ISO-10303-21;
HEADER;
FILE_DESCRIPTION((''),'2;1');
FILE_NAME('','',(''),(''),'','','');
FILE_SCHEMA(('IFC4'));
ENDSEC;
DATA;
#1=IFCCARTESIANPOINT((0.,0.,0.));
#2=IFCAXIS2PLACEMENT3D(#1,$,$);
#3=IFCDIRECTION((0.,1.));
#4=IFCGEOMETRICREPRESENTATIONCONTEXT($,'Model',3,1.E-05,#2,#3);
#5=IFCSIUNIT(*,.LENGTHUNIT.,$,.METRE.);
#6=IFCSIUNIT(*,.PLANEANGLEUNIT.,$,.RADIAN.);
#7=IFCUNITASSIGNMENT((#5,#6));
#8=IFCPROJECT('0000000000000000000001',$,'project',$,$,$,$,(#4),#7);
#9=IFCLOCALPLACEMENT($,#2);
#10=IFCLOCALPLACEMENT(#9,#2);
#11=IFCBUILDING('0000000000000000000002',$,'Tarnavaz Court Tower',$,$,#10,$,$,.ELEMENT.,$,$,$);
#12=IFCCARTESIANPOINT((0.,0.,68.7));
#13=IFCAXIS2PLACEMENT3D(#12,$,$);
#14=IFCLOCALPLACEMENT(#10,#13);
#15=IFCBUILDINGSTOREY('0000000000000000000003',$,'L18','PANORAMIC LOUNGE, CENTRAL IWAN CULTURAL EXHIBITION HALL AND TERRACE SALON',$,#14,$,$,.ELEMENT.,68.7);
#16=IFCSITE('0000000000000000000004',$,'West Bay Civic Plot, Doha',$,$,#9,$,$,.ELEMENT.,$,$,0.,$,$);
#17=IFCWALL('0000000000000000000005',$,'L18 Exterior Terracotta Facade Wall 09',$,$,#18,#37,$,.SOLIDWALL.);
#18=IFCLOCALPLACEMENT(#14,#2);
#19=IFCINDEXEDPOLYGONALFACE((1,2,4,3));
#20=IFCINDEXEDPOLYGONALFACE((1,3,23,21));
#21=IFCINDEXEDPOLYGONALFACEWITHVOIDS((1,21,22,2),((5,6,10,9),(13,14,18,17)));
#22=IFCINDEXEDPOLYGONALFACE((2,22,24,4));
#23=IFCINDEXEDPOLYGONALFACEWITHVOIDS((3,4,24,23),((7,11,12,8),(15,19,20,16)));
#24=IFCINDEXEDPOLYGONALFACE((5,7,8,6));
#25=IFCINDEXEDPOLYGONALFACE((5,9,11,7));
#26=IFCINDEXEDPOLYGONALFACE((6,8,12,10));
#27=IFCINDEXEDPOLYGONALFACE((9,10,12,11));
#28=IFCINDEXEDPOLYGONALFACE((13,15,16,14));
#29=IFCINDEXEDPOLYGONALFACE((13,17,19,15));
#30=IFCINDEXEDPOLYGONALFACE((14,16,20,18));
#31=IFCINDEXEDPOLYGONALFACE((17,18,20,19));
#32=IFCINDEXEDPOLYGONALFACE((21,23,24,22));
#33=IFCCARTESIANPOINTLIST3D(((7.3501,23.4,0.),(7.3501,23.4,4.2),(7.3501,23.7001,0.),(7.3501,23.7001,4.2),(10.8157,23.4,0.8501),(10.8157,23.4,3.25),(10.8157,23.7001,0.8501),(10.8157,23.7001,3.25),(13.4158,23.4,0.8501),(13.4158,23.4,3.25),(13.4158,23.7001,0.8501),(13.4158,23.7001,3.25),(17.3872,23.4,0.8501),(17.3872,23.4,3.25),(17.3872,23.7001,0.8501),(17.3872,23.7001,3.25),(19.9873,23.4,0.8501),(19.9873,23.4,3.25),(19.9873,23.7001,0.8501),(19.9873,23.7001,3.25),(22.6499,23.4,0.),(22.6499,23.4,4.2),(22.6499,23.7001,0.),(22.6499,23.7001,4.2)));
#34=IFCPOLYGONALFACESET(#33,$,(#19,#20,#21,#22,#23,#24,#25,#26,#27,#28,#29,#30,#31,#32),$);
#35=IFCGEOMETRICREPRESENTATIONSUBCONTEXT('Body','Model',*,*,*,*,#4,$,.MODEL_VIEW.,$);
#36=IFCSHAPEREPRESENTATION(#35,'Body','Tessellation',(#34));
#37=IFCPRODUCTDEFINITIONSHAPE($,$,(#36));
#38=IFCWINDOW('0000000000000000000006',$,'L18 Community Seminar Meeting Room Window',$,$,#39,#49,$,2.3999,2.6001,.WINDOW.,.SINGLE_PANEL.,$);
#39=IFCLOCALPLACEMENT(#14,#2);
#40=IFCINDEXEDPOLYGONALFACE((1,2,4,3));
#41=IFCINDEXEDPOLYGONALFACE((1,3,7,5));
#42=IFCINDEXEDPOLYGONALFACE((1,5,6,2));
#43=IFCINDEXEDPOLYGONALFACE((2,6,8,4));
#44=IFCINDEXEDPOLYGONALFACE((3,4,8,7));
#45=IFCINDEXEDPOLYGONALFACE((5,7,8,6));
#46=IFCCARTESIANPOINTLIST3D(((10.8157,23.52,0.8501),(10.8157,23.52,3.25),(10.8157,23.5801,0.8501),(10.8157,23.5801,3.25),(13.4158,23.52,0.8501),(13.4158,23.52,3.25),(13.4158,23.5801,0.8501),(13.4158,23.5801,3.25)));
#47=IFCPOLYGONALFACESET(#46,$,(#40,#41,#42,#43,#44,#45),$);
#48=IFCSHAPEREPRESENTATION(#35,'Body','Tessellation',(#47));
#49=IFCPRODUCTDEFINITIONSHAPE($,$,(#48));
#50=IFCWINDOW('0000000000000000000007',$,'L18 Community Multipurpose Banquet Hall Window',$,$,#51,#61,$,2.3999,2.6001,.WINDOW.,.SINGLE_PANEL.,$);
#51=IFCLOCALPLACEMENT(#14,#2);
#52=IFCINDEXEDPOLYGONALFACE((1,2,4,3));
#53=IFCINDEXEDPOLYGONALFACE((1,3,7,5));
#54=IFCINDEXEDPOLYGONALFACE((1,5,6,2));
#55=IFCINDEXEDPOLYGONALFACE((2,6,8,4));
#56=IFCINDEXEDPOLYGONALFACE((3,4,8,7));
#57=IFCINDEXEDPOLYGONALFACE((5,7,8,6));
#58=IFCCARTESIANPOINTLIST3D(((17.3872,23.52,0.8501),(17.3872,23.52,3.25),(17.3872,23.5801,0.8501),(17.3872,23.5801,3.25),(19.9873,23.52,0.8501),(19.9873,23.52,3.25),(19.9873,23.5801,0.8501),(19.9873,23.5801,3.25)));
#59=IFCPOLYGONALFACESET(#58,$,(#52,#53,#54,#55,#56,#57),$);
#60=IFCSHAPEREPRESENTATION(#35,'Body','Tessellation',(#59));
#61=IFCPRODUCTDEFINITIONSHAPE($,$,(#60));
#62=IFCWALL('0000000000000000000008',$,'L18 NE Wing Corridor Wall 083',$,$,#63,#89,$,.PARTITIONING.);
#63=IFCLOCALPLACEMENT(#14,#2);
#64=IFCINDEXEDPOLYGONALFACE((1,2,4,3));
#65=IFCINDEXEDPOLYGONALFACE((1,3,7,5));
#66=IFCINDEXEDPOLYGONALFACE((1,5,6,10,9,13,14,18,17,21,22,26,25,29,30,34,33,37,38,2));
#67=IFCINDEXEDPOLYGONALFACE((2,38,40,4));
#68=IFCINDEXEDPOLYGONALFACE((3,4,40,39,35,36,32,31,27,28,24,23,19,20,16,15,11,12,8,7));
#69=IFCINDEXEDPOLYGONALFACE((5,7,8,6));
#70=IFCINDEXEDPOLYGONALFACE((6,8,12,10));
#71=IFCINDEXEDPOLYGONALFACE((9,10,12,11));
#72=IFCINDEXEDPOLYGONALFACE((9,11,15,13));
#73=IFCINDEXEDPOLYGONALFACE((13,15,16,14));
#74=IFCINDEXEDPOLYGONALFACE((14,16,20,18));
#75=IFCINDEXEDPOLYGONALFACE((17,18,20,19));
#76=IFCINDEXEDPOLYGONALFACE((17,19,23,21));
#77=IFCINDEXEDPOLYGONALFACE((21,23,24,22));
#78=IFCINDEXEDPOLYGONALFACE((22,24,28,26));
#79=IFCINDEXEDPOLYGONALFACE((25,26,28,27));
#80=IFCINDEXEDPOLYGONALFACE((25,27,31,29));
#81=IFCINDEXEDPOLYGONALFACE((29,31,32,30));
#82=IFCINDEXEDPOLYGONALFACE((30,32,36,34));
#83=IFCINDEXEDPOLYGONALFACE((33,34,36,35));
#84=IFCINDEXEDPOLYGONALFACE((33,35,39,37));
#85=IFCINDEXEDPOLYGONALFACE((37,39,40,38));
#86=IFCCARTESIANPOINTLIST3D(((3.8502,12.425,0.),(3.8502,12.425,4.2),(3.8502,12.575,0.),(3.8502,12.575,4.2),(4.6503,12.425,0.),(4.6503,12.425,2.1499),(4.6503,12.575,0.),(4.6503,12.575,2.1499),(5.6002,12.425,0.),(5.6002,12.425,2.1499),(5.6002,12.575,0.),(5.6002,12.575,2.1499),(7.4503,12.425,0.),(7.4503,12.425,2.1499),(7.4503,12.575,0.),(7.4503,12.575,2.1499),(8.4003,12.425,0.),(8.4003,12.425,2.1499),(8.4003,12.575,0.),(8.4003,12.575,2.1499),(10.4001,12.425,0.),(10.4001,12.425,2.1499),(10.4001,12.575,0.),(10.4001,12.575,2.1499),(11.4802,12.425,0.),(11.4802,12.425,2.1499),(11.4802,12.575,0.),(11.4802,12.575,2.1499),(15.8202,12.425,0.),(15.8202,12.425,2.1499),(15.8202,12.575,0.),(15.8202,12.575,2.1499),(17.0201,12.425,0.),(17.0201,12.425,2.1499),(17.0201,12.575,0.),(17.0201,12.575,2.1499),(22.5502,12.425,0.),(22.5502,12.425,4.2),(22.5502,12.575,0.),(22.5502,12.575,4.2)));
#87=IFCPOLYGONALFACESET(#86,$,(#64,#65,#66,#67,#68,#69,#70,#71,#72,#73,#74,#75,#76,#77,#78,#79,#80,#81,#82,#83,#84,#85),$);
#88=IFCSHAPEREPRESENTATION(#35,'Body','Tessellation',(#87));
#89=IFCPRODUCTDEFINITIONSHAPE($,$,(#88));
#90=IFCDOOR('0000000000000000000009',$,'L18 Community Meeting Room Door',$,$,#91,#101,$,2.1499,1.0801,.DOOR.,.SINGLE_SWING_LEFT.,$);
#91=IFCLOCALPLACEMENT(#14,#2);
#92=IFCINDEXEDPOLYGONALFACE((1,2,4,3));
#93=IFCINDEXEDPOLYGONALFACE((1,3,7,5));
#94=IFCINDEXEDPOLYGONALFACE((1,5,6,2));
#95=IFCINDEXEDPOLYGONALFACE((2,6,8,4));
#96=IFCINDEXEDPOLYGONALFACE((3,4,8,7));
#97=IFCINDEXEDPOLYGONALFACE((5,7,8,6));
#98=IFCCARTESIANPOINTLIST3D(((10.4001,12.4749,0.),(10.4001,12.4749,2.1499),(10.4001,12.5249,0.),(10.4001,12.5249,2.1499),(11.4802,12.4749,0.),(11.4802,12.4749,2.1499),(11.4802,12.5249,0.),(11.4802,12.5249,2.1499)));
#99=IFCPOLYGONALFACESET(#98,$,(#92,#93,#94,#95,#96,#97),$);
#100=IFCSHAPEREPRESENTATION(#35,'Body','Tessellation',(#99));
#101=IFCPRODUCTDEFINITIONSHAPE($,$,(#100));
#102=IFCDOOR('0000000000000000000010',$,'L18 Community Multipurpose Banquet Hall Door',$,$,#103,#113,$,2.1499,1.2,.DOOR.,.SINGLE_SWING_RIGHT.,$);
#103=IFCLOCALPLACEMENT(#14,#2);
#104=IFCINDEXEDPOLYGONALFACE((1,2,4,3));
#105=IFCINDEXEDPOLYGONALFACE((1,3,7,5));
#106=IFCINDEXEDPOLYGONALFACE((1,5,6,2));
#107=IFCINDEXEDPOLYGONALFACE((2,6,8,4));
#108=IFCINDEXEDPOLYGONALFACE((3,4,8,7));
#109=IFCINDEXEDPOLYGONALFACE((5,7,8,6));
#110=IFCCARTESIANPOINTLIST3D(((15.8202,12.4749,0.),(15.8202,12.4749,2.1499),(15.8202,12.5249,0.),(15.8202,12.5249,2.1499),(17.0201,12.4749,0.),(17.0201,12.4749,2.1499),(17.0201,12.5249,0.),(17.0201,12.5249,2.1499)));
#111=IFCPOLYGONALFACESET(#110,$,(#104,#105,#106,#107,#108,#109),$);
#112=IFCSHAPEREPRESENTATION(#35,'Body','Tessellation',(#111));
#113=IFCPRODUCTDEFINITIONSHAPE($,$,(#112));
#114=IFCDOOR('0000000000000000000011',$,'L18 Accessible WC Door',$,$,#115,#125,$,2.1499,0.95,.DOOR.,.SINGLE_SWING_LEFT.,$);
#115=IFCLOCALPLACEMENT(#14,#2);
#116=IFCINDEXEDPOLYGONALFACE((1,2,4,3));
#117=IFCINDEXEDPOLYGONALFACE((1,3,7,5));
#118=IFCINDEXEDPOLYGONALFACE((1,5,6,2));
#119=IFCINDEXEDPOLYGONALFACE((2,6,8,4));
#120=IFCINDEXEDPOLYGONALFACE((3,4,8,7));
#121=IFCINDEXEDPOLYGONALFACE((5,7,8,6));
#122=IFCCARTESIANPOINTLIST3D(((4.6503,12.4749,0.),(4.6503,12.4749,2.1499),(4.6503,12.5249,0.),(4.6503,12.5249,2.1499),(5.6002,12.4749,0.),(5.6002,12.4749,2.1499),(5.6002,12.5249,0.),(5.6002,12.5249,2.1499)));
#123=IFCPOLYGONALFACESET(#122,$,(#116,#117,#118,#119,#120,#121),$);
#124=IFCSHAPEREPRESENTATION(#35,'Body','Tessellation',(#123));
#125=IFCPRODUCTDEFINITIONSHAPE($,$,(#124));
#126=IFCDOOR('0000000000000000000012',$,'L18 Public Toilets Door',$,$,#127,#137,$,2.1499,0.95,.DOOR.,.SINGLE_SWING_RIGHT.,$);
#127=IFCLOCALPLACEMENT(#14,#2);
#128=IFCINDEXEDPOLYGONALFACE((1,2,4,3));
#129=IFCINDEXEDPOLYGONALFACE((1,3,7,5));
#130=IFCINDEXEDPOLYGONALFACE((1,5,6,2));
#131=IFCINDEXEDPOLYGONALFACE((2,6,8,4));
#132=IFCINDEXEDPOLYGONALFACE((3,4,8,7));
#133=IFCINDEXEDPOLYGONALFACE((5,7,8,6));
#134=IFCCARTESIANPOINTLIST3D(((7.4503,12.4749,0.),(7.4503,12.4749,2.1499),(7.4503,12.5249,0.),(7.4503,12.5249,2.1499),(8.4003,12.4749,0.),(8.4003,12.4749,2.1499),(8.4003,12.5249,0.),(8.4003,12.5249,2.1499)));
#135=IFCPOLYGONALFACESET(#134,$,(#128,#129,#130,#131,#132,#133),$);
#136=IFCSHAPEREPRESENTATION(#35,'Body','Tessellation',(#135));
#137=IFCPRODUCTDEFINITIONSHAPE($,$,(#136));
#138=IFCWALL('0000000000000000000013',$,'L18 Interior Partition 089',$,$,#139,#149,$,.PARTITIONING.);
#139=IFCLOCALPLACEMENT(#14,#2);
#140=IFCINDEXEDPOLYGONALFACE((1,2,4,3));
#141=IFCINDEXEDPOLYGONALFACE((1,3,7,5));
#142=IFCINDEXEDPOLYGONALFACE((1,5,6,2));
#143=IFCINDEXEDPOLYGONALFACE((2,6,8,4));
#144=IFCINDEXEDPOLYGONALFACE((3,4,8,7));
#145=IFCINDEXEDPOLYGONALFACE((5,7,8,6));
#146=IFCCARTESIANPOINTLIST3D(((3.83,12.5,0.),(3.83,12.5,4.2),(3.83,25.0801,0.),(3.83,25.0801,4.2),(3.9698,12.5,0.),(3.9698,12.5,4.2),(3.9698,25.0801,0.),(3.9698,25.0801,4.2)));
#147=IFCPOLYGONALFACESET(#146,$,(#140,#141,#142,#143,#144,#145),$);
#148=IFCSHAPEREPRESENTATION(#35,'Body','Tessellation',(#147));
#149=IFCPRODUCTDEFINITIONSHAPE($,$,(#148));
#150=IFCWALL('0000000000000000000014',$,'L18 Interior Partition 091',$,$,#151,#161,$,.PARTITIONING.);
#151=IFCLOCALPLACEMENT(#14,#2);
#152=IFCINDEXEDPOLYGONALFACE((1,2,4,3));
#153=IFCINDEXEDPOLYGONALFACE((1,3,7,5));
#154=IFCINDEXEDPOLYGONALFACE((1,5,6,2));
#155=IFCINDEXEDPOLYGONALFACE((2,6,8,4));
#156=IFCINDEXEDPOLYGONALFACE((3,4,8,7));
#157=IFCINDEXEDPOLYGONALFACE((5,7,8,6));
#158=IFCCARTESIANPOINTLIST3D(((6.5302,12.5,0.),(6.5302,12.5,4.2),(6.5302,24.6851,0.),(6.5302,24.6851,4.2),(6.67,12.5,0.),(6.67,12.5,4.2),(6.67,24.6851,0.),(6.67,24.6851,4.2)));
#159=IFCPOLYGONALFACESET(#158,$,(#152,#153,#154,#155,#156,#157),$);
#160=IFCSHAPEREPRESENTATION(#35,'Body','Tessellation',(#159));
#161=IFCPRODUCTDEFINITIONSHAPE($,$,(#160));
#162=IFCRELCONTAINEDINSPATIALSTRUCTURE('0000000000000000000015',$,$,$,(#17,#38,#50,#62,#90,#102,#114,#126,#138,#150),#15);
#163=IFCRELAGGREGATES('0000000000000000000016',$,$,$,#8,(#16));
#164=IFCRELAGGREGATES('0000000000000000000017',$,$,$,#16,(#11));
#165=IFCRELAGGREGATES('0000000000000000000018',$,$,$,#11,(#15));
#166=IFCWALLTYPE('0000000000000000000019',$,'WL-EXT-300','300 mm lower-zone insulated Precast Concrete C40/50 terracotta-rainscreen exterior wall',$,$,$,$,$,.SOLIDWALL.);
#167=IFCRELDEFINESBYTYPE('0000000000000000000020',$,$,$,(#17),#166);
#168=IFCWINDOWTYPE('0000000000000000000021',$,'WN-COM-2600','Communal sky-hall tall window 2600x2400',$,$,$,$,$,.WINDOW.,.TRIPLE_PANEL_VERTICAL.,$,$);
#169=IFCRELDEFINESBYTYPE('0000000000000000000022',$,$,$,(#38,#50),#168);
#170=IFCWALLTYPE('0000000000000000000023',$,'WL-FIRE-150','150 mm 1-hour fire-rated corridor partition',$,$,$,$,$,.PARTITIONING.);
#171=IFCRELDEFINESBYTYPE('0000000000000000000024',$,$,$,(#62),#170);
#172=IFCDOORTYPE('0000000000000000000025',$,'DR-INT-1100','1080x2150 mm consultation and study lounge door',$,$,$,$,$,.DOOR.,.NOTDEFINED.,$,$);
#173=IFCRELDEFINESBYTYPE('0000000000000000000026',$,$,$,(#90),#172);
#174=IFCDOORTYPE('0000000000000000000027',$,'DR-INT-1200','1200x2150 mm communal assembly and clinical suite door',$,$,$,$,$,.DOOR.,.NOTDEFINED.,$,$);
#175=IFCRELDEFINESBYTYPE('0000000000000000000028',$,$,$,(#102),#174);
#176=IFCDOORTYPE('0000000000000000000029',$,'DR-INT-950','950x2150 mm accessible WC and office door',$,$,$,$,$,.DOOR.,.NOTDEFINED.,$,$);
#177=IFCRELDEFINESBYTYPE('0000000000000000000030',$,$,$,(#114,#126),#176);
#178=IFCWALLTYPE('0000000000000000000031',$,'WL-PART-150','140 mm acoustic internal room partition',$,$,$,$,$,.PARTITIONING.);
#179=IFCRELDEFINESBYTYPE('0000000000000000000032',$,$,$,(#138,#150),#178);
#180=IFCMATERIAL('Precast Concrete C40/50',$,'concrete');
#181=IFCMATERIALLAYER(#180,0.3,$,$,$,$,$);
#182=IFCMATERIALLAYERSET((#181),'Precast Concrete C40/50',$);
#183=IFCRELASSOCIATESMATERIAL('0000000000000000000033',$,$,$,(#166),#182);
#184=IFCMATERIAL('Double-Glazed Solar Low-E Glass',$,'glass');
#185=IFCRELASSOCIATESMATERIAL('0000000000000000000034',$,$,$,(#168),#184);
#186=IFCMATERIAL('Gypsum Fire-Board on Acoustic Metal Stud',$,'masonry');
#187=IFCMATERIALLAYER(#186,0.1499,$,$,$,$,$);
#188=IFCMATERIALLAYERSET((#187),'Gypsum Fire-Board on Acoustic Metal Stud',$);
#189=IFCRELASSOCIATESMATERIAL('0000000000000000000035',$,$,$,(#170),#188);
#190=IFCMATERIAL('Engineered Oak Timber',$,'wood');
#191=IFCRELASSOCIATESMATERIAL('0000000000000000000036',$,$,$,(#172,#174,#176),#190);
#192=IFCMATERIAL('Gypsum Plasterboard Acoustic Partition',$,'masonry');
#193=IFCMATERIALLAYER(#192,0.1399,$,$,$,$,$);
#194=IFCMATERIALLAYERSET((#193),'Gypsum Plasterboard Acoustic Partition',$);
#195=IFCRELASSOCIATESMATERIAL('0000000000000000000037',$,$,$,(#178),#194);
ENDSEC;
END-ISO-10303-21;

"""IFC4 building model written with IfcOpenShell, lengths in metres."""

from ifc_helpers import new_model, si_unit, direction, frame, frame_2d, origin, place, context, subcontext, project, spatial, rectangle, extrude, material, layer, layer_set, type_object, element, fill, save


model = new_model("IFC4")

# Units and contexts
model_context = context("Model", 3, precision=1e-05, world=origin(), true_north=direction((0.0, 1.0)))
body_context = subcontext(model_context, "Body", "Model", "MODEL_VIEW")
ifc_project = project(units=[si_unit("LENGTHUNIT", "METRE"), si_unit("PLANEANGLEUNIT", "RADIAN")], contexts=[model_context])

# Site, building, storey
site_placement = place(None, origin())
site = spatial("IfcSite", under=ifc_project, at=site_placement, Name="West Bay Civic Plot, Doha", CompositionType="ELEMENT", RefElevation=0.0)
building_placement = place(site_placement, origin())
building = spatial("IfcBuilding", under=site, at=building_placement, Name="Tarnavaz Court Tower", CompositionType="ELEMENT")
storey_placement = place(building_placement, frame((0.0, 0.0, 68.7)))
storey = spatial("IfcBuildingStorey", under=building, at=storey_placement, Name="L18", Description="PANORAMIC LOUNGE, CENTRAL IWAN CULTURAL EXHIBITION HALL AND TERRACE SALON", CompositionType="ELEMENT", Elevation=68.7)

# Shared definitions
ifc_material_1 = material(Name="Double-Glazed Solar Low-E Glass", Category="glass")

# Shared definitions
ifc_material_2 = material(Name="Precast Concrete C40/50", Category="concrete")
ifc_layer_1 = layer(ifc_material_2, 0.3)
ifc_layer_set_1 = layer_set([ifc_layer_1], Name="Precast Concrete C40/50")
wall_type_1 = type_object("IfcWallType", Name="WL-EXT-300", Description="300 mm lower-zone insulated Precast Concrete C40/50 terracotta-rainscreen exterior wall", PredefinedType="SOLIDWALL", material=ifc_layer_set_1)

# Wall, openings, windows
wall_1_placement = place(storey_placement, frame((7.3501, 23.55, 0.0), z_axis=(0.0, 0.0, 1.0), x_axis=(1.0, 0.0, 0.0)))
wall_1 = element("IfcWall", 1, at=wall_1_placement, inside=storey, type_object=wall_type_1, Name="L18 Exterior Terracotta Facade Wall 09", PredefinedType="SOLIDWALL", context=body_context, shape_type="SweptSolid", body=[
    extrude(rectangle(XDim=15.2998, YDim=0.3, at=frame_2d((7.6499, 0.0))), origin(), (0.0, 0.0, 1.0), 4.2),
])
opening_1_placement = place(wall_1_placement, frame((3.4656, 0.0, 0.8501)))
opening_1 = element("IfcOpeningElement", 2, at=opening_1_placement, cuts=wall_1, PredefinedType="OPENING", context=body_context, shape_type="SweptSolid", body=[
    extrude(rectangle(XDim=2.6001, YDim=2.3999, at=frame_2d((1.3, 1.2))), frame((0.0, 0.1599, 0.0), z_axis=(0.0, -1.0, 0.0), x_axis=(1.0, 0.0, 0.0)), (0.0, 0.0, 1.0), 0.3201),
])
opening_2_placement = place(wall_1_placement, frame((10.0371, 0.0, 0.8501)))
opening_2 = element("IfcOpeningElement", 3, at=opening_2_placement, cuts=wall_1, PredefinedType="OPENING", context=body_context, shape_type="SweptSolid", body=[
    extrude(rectangle(XDim=2.6001, YDim=2.3999, at=frame_2d((1.3, 1.2))), frame((0.0, 0.1599, 0.0), z_axis=(0.0, -1.0, 0.0), x_axis=(1.0, 0.0, 0.0)), (0.0, 0.0, 1.0), 0.3201),
])
window_type = type_object("IfcWindowType", Name="WN-COM-2600", Description="Communal sky-hall tall window 2600x2400", PartitioningType="TRIPLE_PANEL_VERTICAL", PredefinedType="WINDOW", material=ifc_material_1)
window_1_placement = place(opening_1_placement, origin())
window_1 = element("IfcWindow", 4, at=window_1_placement, inside=storey, type_object=window_type, Name="L18 Community Seminar Meeting Room Window", OverallHeight=2.3999, OverallWidth=2.6001, PartitioningType="SINGLE_PANEL", PredefinedType="WINDOW", context=body_context, shape_type="SweptSolid", body=[
    extrude(rectangle(XDim=2.6001, YDim=2.3999, at=frame_2d((1.3, 1.2))), frame((0.0, 0.03, 0.0), z_axis=(0.0, -1.0, 0.0), x_axis=(1.0, 0.0, 0.0)), (0.0, 0.0, 1.0), 0.0601),
])
fill(opening_1, window_1)
window_2_placement = place(opening_2_placement, origin())
window_2 = element("IfcWindow", 5, at=window_2_placement, inside=storey, type_object=window_type, Name="L18 Community Multipurpose Banquet Hall Window", OverallHeight=2.3999, OverallWidth=2.6001, PartitioningType="SINGLE_PANEL", PredefinedType="WINDOW", context=body_context, shape_type="SweptSolid", body=[
    extrude(rectangle(XDim=2.6001, YDim=2.3999, at=frame_2d((1.3, 1.2))), frame((0.0, 0.03, 0.0), z_axis=(0.0, -1.0, 0.0), x_axis=(1.0, 0.0, 0.0)), (0.0, 0.0, 1.0), 0.0601),
])
fill(opening_2, window_2)

# Wall, openings, doors
ifc_material_3 = material(Name="Gypsum Fire-Board on Acoustic Metal Stud", Category="masonry")
ifc_layer_2 = layer(ifc_material_3, 0.1499)
ifc_layer_set_2 = layer_set([ifc_layer_2], Name="Gypsum Fire-Board on Acoustic Metal Stud")
wall_type_2 = type_object("IfcWallType", Name="WL-FIRE-150", Description="150 mm 1-hour fire-rated corridor partition", PredefinedType="PARTITIONING", material=ifc_layer_set_2)
wall_2_placement = place(storey_placement, frame((3.8501, 12.5, 0.0), z_axis=(0.0, 0.0, 1.0), x_axis=(1.0, 0.0, 0.0)))
wall_2 = element("IfcWall", 6, at=wall_2_placement, inside=storey, type_object=wall_type_2, Name="L18 NE Wing Corridor Wall 083", PredefinedType="PARTITIONING", context=body_context, shape_type="SweptSolid", body=[
    extrude(rectangle(XDim=18.7, YDim=0.1499, at=frame_2d((9.3501, 0.0))), origin(), (0.0, 0.0, 1.0), 4.2),
])
opening_3_placement = place(wall_2_placement, frame((0.8, 0.0, 0.0)))
opening_3 = element("IfcOpeningElement", 7, at=opening_3_placement, cuts=wall_2, PredefinedType="OPENING", context=body_context, shape_type="SweptSolid", body=[
    extrude(rectangle(XDim=0.95, YDim=2.1499, at=frame_2d((0.4751, 1.075))), frame((0.0, 0.085, 0.0), z_axis=(0.0, -1.0, 0.0), x_axis=(1.0, 0.0, 0.0)), (0.0, 0.0, 1.0), 0.1699),
])
opening_4_placement = place(wall_2_placement, frame((3.6001, 0.0, 0.0)))
opening_4 = element("IfcOpeningElement", 8, at=opening_4_placement, cuts=wall_2, PredefinedType="OPENING", context=body_context, shape_type="SweptSolid", body=[
    extrude(rectangle(XDim=0.95, YDim=2.1499, at=frame_2d((0.4751, 1.075))), frame((0.0, 0.085, 0.0), z_axis=(0.0, -1.0, 0.0), x_axis=(1.0, 0.0, 0.0)), (0.0, 0.0, 1.0), 0.1699),
])
opening_5_placement = place(wall_2_placement, frame((6.55, 0.0, 0.0)))
opening_5 = element("IfcOpeningElement", 9, at=opening_5_placement, cuts=wall_2, PredefinedType="OPENING", context=body_context, shape_type="SweptSolid", body=[
    extrude(rectangle(XDim=1.0801, YDim=2.1499, at=frame_2d((0.54, 1.075))), frame((0.0, 0.085, 0.0), z_axis=(0.0, -1.0, 0.0), x_axis=(1.0, 0.0, 0.0)), (0.0, 0.0, 1.0), 0.1699),
])
opening_6_placement = place(wall_2_placement, frame((11.97, 0.0, 0.0)))
opening_6 = element("IfcOpeningElement", 10, at=opening_6_placement, cuts=wall_2, PredefinedType="OPENING", context=body_context, shape_type="SweptSolid", body=[
    extrude(rectangle(XDim=1.2, YDim=2.1499, at=frame_2d((0.6001, 1.075))), frame((0.0, 0.085, 0.0), z_axis=(0.0, -1.0, 0.0), x_axis=(1.0, 0.0, 0.0)), (0.0, 0.0, 1.0), 0.1699),
])
ifc_material_4 = material(Name="Engineered Oak Timber", Category="wood")
door_type_1 = type_object("IfcDoorType", Name="DR-INT-1100", Description="1080x2150 mm consultation and study lounge door", OperationType="NOTDEFINED", PredefinedType="DOOR", material=ifc_material_4)
door_1_placement = place(opening_5_placement, origin())
door_1 = element("IfcDoor", 11, at=door_1_placement, inside=storey, type_object=door_type_1, Name="L18 Community Meeting Room Door", OperationType="SINGLE_SWING_LEFT", OverallHeight=2.1499, OverallWidth=1.0801, PredefinedType="DOOR", context=body_context, shape_type="SweptSolid", body=[
    extrude(rectangle(XDim=1.0801, YDim=2.1499, at=frame_2d((0.54, 1.075))), frame((0.0, 0.0249, 0.0), z_axis=(0.0, -1.0, 0.0), x_axis=(1.0, 0.0, 0.0)), (0.0, 0.0, 1.0), 0.05),
])
fill(opening_5, door_1)
door_type_2 = type_object("IfcDoorType", Name="DR-INT-1200", Description="1200x2150 mm communal assembly and clinical suite door", OperationType="NOTDEFINED", PredefinedType="DOOR", material=ifc_material_4)
door_2_placement = place(opening_6_placement, origin())
door_2 = element("IfcDoor", 12, at=door_2_placement, inside=storey, type_object=door_type_2, Name="L18 Community Multipurpose Banquet Hall Door", OperationType="SINGLE_SWING_RIGHT", OverallHeight=2.1499, OverallWidth=1.2, PredefinedType="DOOR", context=body_context, shape_type="SweptSolid", body=[
    extrude(rectangle(XDim=1.2, YDim=2.1499, at=frame_2d((0.6001, 1.075))), frame((0.0, 0.0249, 0.0), z_axis=(0.0, -1.0, 0.0), x_axis=(1.0, 0.0, 0.0)), (0.0, 0.0, 1.0), 0.05),
])
fill(opening_6, door_2)
door_type_3 = type_object("IfcDoorType", Name="DR-INT-950", Description="950x2150 mm accessible WC and office door", OperationType="NOTDEFINED", PredefinedType="DOOR", material=ifc_material_4)
door_3_placement = place(opening_3_placement, origin())
door_3 = element("IfcDoor", 13, at=door_3_placement, inside=storey, type_object=door_type_3, Name="L18 Accessible WC Door", OperationType="SINGLE_SWING_LEFT", OverallHeight=2.1499, OverallWidth=0.95, PredefinedType="DOOR", context=body_context, shape_type="SweptSolid", body=[
    extrude(rectangle(XDim=0.95, YDim=2.1499, at=frame_2d((0.4751, 1.075))), frame((0.0, 0.0249, 0.0), z_axis=(0.0, -1.0, 0.0), x_axis=(1.0, 0.0, 0.0)), (0.0, 0.0, 1.0), 0.05),
])
fill(opening_3, door_3)
door_4_placement = place(opening_4_placement, origin())
door_4 = element("IfcDoor", 14, at=door_4_placement, inside=storey, type_object=door_type_3, Name="L18 Public Toilets Door", OperationType="SINGLE_SWING_RIGHT", OverallHeight=2.1499, OverallWidth=0.95, PredefinedType="DOOR", context=body_context, shape_type="SweptSolid", body=[
    extrude(rectangle(XDim=0.95, YDim=2.1499, at=frame_2d((0.4751, 1.075))), frame((0.0, 0.0249, 0.0), z_axis=(0.0, -1.0, 0.0), x_axis=(1.0, 0.0, 0.0)), (0.0, 0.0, 1.0), 0.05),
])
fill(opening_4, door_4)

# Walls
ifc_material_5 = material(Name="Gypsum Plasterboard Acoustic Partition", Category="masonry")
ifc_layer_3 = layer(ifc_material_5, 0.1399)
ifc_layer_set_3 = layer_set([ifc_layer_3], Name="Gypsum Plasterboard Acoustic Partition")
wall_type_3 = type_object("IfcWallType", Name="WL-PART-150", Description="140 mm acoustic internal room partition", PredefinedType="PARTITIONING", material=ifc_layer_set_3)
wall_3_placement = place(storey_placement, frame((3.8999, 12.5, 0.0), z_axis=(0.0, 0.0, 1.0), x_axis=(0.0, 1.0, 0.0)))
element("IfcWall", 15, at=wall_3_placement, inside=storey, type_object=wall_type_3, Name="L18 Interior Partition 089", PredefinedType="PARTITIONING", context=body_context, shape_type="SweptSolid", body=[
    extrude(rectangle(XDim=12.5801, YDim=0.1399, at=frame_2d((6.29, 0.0))), origin(), (0.0, 0.0, 1.0), 4.2),
])
wall_4_placement = place(storey_placement, frame((6.6001, 12.5, 0.0), z_axis=(0.0, 0.0, 1.0), x_axis=(0.0, 1.0, 0.0)))
element("IfcWall", 16, at=wall_4_placement, inside=storey, type_object=wall_type_3, Name="L18 Interior Partition 091", PredefinedType="PARTITIONING", context=body_context, shape_type="SweptSolid", body=[
    extrude(rectangle(XDim=12.1851, YDim=0.1399, at=frame_2d((6.0925, 0.0))), origin(), (0.0, 0.0, 1.0), 4.2),
])

save(model, "model.ifc")
